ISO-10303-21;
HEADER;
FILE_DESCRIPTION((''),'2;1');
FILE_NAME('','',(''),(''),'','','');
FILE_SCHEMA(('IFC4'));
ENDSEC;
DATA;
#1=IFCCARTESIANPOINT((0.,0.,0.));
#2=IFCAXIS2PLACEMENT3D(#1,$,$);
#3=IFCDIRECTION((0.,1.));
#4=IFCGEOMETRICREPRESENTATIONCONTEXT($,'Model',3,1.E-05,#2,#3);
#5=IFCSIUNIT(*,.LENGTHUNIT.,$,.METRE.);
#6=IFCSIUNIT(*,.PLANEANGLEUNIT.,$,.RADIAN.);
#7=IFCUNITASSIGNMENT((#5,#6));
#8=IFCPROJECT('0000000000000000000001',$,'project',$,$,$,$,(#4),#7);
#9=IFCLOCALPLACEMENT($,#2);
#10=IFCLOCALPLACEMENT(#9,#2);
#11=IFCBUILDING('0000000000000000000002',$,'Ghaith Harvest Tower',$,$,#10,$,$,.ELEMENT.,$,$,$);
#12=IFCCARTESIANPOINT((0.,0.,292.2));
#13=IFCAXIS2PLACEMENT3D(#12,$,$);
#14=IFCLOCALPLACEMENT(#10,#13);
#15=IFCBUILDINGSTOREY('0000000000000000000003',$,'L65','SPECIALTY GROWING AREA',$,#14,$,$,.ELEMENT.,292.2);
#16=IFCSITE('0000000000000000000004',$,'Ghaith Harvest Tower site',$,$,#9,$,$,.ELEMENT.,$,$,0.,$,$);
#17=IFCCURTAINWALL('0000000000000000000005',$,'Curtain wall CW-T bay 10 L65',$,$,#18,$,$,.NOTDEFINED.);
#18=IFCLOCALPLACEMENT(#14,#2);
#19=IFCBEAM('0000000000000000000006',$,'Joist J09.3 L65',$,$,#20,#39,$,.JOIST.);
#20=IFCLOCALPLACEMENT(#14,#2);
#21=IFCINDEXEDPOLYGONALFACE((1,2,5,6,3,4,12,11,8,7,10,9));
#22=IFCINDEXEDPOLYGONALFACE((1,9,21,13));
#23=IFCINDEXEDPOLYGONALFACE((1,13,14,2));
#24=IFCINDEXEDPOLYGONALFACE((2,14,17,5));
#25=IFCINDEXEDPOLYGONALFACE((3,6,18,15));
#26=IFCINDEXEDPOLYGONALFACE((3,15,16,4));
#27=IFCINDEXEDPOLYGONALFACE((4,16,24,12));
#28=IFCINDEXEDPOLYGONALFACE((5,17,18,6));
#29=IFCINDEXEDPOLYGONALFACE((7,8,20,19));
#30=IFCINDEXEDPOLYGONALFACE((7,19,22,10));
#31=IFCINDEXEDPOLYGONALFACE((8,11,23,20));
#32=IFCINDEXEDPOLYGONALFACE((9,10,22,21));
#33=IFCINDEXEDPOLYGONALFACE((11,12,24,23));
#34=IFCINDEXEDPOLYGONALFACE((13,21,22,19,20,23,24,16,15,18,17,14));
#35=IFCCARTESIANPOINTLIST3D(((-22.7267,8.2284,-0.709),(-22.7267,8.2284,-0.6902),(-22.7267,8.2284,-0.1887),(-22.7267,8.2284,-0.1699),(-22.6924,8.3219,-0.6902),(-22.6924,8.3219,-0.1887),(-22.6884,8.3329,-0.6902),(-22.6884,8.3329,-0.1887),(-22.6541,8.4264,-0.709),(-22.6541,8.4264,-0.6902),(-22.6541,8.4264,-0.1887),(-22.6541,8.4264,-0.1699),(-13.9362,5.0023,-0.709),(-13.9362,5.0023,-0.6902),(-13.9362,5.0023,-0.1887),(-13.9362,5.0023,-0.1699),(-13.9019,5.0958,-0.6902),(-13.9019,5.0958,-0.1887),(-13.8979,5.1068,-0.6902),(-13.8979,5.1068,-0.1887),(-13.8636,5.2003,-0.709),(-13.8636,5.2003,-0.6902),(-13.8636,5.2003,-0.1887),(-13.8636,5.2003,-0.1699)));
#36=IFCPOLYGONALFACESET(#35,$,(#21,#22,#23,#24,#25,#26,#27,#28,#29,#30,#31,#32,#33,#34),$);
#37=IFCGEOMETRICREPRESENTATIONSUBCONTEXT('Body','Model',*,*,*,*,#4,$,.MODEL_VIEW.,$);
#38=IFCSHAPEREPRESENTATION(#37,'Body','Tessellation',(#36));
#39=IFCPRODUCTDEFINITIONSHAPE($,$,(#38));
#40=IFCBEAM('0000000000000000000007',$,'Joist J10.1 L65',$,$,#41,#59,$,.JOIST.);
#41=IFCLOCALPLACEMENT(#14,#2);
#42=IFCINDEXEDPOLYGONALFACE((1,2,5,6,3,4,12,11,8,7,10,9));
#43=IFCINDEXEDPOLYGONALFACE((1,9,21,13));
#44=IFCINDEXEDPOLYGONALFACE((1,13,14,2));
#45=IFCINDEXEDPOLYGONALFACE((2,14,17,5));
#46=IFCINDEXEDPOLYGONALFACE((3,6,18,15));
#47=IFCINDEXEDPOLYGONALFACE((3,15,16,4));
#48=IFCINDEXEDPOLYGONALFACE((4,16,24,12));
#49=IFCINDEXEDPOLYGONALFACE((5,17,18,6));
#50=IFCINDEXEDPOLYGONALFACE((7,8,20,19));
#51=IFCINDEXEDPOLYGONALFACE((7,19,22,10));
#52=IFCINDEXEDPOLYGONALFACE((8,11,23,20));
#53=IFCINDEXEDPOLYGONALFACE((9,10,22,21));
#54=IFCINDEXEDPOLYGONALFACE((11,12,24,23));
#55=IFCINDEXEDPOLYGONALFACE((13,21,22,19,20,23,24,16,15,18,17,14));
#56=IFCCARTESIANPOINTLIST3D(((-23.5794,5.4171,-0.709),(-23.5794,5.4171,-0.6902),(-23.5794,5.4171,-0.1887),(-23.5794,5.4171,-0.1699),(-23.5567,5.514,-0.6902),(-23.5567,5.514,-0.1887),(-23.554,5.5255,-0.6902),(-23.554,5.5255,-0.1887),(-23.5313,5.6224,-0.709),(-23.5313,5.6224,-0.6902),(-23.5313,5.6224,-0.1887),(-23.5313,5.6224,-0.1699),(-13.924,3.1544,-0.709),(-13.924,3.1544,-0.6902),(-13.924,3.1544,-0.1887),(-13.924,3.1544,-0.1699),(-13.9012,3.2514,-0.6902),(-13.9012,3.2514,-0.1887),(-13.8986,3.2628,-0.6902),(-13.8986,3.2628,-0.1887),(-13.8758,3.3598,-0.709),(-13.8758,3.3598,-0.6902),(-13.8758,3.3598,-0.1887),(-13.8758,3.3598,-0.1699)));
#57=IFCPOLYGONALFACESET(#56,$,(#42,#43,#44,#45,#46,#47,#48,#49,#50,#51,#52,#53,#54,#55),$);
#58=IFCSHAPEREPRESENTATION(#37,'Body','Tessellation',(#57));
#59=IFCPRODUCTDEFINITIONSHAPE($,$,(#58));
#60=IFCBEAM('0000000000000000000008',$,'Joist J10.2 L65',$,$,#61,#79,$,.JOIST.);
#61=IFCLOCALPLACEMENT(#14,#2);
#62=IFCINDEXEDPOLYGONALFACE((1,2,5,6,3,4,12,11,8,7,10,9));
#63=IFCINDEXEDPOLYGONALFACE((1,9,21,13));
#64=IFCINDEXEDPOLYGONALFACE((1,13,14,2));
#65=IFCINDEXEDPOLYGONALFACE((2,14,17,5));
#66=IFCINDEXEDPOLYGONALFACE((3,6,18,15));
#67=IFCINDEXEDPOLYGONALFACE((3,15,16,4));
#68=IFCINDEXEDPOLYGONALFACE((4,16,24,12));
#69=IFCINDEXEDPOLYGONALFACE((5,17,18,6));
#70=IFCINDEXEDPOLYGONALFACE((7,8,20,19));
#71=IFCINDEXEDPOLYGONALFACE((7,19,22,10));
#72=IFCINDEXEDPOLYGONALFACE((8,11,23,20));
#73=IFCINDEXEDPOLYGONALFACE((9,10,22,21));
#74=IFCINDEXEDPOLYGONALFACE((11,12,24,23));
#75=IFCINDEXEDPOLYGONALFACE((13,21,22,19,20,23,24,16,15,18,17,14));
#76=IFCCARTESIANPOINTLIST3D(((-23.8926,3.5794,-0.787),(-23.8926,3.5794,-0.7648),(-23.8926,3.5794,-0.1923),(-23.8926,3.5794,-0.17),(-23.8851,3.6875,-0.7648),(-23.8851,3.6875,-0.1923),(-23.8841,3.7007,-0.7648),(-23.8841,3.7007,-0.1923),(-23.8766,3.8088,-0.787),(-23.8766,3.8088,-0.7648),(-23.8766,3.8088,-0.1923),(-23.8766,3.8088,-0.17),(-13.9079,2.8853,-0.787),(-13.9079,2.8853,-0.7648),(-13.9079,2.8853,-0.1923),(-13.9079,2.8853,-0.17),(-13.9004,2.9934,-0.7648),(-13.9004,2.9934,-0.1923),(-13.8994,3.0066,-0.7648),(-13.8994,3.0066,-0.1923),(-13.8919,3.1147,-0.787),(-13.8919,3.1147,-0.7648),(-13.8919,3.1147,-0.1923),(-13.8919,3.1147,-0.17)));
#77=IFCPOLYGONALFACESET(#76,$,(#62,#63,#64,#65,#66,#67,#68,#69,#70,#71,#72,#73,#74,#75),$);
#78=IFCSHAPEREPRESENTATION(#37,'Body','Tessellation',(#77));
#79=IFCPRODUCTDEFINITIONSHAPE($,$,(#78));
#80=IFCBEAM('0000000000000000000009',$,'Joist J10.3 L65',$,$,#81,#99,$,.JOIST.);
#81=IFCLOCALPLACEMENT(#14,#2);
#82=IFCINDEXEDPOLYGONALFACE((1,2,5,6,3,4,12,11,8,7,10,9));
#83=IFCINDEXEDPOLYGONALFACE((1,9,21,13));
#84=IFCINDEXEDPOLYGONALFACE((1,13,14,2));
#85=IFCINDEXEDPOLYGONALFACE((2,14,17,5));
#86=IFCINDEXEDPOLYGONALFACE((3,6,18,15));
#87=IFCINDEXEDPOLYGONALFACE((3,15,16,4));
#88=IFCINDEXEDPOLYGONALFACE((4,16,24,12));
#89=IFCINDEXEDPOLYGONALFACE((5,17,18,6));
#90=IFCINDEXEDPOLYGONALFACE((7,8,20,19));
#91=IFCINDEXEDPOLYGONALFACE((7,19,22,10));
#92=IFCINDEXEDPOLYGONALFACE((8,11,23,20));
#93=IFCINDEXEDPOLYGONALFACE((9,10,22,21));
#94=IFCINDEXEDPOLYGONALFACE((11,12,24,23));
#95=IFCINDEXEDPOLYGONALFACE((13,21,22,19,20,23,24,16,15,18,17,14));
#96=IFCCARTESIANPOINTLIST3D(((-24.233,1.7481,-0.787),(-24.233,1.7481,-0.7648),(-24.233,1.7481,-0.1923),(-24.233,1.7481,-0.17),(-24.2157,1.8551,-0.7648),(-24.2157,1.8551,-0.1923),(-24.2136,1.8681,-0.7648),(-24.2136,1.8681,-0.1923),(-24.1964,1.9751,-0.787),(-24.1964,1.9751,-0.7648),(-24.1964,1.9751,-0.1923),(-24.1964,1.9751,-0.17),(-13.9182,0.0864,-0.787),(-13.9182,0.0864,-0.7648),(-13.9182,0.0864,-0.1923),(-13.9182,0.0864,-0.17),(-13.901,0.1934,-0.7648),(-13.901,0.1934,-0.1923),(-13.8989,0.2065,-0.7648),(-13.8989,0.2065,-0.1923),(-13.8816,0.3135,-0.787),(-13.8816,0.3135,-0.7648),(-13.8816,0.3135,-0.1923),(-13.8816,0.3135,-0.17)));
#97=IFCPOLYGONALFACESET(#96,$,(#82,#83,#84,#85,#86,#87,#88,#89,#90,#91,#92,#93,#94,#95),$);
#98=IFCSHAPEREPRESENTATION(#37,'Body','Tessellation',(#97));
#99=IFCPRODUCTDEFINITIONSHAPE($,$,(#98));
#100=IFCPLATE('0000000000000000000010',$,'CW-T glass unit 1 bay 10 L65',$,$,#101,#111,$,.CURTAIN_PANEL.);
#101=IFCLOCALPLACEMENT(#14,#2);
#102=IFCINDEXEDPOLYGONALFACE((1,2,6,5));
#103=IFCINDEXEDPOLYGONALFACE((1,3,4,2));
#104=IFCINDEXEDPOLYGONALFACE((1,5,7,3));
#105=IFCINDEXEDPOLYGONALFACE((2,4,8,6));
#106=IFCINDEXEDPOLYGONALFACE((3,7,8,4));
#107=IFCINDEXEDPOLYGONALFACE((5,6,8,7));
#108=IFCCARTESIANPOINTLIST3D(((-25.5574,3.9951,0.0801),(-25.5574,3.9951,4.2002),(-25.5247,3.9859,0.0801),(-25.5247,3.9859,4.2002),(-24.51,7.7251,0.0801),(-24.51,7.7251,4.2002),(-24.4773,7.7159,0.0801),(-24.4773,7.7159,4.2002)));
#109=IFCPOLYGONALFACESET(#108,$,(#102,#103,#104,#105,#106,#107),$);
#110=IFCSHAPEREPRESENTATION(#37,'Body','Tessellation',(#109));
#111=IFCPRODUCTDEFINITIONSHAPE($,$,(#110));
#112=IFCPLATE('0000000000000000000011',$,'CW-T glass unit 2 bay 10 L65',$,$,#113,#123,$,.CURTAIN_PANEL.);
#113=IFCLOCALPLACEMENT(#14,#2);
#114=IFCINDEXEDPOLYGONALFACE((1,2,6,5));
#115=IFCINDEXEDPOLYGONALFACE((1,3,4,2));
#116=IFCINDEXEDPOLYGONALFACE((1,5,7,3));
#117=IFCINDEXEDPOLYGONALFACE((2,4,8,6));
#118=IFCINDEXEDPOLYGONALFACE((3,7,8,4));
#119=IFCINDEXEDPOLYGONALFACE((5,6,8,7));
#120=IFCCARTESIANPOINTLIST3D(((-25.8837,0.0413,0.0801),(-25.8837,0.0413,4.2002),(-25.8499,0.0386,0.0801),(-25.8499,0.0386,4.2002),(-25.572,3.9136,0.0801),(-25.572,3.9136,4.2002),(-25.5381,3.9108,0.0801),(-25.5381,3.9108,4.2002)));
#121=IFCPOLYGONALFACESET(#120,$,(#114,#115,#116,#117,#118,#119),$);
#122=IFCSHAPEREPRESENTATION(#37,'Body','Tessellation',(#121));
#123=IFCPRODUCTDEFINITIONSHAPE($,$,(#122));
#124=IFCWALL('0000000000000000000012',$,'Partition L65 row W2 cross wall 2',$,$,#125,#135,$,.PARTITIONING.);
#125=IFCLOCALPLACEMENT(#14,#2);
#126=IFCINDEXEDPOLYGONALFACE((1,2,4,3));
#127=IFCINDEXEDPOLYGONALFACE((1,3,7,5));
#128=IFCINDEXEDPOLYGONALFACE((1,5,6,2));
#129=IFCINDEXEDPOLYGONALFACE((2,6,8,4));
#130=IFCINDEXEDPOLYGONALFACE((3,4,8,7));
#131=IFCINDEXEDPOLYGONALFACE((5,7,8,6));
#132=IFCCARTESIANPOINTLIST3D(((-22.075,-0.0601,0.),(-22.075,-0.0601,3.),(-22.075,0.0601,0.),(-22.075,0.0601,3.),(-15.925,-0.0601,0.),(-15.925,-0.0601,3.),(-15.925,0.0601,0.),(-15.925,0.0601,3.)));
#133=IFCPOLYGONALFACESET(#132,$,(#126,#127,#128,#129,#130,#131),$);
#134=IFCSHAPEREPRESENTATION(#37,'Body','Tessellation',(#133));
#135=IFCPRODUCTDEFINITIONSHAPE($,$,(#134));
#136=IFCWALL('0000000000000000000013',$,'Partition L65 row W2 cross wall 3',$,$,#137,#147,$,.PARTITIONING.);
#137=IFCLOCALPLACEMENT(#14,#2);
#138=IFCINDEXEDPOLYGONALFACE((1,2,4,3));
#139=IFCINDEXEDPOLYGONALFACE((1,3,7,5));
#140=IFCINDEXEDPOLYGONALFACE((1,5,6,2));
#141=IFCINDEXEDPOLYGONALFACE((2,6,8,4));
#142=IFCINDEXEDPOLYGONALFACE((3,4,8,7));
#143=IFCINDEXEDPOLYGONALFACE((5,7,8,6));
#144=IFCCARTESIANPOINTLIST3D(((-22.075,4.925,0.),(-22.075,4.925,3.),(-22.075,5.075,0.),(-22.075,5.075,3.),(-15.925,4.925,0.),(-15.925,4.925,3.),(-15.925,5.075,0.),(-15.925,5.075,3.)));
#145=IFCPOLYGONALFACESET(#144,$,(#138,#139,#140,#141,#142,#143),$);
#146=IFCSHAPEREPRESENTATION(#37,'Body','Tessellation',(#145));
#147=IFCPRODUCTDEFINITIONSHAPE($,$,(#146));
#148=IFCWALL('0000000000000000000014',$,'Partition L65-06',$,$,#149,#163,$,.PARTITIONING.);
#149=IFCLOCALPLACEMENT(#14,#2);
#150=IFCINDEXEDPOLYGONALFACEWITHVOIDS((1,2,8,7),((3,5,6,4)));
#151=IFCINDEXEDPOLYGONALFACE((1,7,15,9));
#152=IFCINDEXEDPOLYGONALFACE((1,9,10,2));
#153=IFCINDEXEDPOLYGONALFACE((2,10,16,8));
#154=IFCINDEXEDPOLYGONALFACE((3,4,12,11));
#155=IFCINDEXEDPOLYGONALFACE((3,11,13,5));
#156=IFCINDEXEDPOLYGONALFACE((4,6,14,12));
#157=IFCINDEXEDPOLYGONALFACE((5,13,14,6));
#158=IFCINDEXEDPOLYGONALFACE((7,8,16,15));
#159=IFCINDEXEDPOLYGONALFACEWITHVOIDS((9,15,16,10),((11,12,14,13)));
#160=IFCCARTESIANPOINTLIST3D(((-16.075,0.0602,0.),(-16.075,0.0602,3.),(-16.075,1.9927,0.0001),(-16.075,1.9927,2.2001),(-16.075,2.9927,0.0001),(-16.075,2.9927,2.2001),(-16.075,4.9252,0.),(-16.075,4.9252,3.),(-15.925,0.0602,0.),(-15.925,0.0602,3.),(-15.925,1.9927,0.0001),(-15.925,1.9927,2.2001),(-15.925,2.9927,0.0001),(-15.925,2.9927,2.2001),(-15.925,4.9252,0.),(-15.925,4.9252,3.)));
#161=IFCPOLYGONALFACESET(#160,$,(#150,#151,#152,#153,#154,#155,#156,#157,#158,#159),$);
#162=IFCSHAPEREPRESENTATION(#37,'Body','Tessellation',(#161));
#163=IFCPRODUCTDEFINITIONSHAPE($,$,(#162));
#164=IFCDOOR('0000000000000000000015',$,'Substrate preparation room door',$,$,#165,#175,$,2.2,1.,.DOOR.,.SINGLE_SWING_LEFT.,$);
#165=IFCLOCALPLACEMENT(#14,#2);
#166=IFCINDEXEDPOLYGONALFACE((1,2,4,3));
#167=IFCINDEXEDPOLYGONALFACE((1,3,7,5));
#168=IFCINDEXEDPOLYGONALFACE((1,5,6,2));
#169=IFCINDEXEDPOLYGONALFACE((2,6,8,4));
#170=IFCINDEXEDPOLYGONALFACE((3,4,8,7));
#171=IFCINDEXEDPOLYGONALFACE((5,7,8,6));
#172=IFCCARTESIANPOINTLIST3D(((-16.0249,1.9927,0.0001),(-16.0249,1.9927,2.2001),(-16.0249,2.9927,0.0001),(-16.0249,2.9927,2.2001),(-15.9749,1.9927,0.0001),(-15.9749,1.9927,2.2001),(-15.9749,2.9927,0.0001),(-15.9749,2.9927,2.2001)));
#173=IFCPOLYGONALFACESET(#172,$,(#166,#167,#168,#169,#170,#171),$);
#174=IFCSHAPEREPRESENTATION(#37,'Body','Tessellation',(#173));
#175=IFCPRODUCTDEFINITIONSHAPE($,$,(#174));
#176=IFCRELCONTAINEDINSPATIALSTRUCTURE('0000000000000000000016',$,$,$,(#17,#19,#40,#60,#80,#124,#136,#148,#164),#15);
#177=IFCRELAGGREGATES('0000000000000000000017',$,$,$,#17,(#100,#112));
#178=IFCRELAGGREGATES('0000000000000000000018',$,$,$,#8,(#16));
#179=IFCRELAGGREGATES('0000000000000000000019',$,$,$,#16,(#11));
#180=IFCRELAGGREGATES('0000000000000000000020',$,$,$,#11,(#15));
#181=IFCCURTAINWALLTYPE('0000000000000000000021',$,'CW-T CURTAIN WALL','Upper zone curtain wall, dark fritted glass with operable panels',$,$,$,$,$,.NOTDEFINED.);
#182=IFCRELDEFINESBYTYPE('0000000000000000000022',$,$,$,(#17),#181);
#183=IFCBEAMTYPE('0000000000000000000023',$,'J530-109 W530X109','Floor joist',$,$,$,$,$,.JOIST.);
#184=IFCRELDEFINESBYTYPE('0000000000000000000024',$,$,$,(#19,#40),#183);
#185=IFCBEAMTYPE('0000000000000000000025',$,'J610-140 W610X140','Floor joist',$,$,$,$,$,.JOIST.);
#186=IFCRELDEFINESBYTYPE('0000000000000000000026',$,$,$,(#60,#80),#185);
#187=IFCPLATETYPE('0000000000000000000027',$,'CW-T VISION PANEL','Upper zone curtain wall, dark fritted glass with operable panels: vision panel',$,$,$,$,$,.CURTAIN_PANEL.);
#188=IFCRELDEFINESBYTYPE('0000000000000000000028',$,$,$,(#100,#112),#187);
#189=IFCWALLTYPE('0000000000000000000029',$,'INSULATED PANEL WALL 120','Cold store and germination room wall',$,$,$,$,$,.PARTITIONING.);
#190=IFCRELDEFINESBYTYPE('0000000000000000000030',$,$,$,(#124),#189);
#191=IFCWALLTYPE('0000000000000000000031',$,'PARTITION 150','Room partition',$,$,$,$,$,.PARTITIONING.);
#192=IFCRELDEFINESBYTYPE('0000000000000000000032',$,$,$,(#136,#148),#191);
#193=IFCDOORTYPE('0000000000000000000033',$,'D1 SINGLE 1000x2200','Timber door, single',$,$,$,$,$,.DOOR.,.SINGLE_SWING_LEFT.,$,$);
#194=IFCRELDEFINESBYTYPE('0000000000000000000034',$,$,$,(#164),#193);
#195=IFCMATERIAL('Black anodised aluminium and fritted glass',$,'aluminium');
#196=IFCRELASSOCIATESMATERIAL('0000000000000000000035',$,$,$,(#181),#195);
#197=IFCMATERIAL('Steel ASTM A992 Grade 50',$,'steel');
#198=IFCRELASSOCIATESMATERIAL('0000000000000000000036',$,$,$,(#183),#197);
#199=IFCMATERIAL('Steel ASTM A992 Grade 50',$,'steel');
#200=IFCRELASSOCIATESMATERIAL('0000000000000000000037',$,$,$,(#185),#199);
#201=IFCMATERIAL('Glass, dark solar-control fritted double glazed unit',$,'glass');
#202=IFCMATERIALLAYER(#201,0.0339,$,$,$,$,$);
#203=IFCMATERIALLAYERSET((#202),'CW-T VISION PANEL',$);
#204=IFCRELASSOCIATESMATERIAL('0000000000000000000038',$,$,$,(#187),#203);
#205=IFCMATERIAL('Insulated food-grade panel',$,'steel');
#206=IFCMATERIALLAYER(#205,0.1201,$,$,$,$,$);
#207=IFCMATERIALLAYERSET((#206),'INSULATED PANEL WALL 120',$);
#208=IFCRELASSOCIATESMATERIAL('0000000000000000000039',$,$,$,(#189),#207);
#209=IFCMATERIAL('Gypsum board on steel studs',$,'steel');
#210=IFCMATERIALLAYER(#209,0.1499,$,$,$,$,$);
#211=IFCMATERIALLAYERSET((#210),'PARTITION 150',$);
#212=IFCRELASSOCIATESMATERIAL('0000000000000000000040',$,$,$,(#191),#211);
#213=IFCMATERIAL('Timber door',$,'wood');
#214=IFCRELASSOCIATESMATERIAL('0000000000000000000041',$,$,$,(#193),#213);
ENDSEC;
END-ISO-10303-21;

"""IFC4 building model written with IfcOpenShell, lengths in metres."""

from ifc_helpers import new_model, si_unit, direction, frame, frame_2d, origin, origin_2d, place, context, subcontext, project, spatial, rectangle, i_section, extrude, material, layer, layer_set, material_profile, profile_set, type_object, element, fill, aggregate, save


model = new_model("IFC4")

# Units and contexts
model_context = context("Model", 3, precision=1e-05, world=origin(), true_north=direction((0.0, 1.0)))
body_context = subcontext(model_context, "Body", "Model", "MODEL_VIEW")
ifc_project = project(units=[si_unit("LENGTHUNIT", "METRE"), si_unit("PLANEANGLEUNIT", "RADIAN")], contexts=[model_context])

# Site, building, storey
site_placement = place(None, origin())
site = spatial("IfcSite", under=ifc_project, at=site_placement, Name="Ghaith Harvest Tower site", CompositionType="ELEMENT", RefElevation=0.0)
building_placement = place(site_placement, origin())
building = spatial("IfcBuilding", under=site, at=building_placement, Name="Ghaith Harvest Tower", CompositionType="ELEMENT")
storey_placement = place(building_placement, frame((0.0, 0.0, 292.2)))
storey = spatial("IfcBuildingStorey", under=building, at=storey_placement, Name="L65", Description="SPECIALTY GROWING AREA", CompositionType="ELEMENT", Elevation=292.2)

# Curtain wall
ifc_material_1 = material(Name="Black anodised aluminium and fritted glass", Category="aluminium")
curtain_wall_type = type_object("IfcCurtainWallType", Name="CW-T CURTAIN WALL", Description="Upper zone curtain wall, dark fritted glass with operable panels", PredefinedType="NOTDEFINED", material=ifc_material_1)
curtain_wall_placement = place(storey_placement, origin())
curtain_wall = element("IfcCurtainWall", 1, at=curtain_wall_placement, inside=storey, type_object=curtain_wall_type, Name="Curtain wall CW-T bay 10 L65", PredefinedType="NOTDEFINED")

# Beams
ifc_material_2 = material(Name="Steel ASTM A992 Grade 50", Category="steel")
ifc_material_profile_1 = material_profile(ifc_material_2, i_section(OverallWidth=0.2109, OverallDepth=0.5391, WebThickness=0.0117, FlangeThickness=0.0188, at=origin_2d()), Name="W530X109")
ifc_profile_set_1 = profile_set([ifc_material_profile_1], Name="Steel ASTM A992 Grade 50")
beam_type_1 = type_object("IfcBeamType", Name="J530-109 W530X109", Description="Floor joist", PredefinedType="JOIST", material=ifc_profile_set_1)
beam_1_placement = place(storey_placement, frame((-13.8999, 5.1013, -0.4395), z_axis=(-0.938777, 0.344526, 0.0), x_axis=(-0.344526, -0.938777, 0.0)))
element("IfcBeam", 2, at=beam_1_placement, inside=storey, type_object=beam_type_1, Name="Joist J09.3 L65", PredefinedType="JOIST", context=body_context, shape_type="SweptSolid", body=[
    extrude(i_section(OverallWidth=0.2109, OverallDepth=0.5391, WebThickness=0.0117, FlangeThickness=0.0188, at=origin_2d()), origin(), (0.0, 0.0, 1.0), 9.3638),
])
beam_2_placement = place(storey_placement, frame((-13.8999, 3.2571, -0.4395), z_axis=(-0.973623, 0.228161, 0.0), x_axis=(-0.228161, -0.973623, 0.0)))
element("IfcBeam", 3, at=beam_2_placement, inside=storey, type_object=beam_type_1, Name="Joist J10.1 L65", PredefinedType="JOIST", context=body_context, shape_type="SweptSolid", body=[
    extrude(i_section(OverallWidth=0.2109, OverallDepth=0.5391, WebThickness=0.0117, FlangeThickness=0.0188, at=origin_2d()), origin(), (0.0, 0.0, 1.0), 9.917),
])
ifc_material_3 = material(Name="Steel ASTM A992 Grade 50", Category="steel")
ifc_material_profile_2 = material_profile(ifc_material_3, i_section(OverallWidth=0.23, OverallDepth=0.6169, WebThickness=0.0132, FlangeThickness=0.0222, at=origin_2d()), Name="W610X140")
ifc_profile_set_2 = profile_set([ifc_material_profile_2], Name="Steel ASTM A992 Grade 50")
beam_type_2 = type_object("IfcBeamType", Name="J610-140 W610X140", Description="Floor joist", PredefinedType="JOIST", material=ifc_profile_set_2)
beam_3_placement = place(storey_placement, frame((-13.8999, 3.0, -0.4785), z_axis=(-0.997592, 0.069349, 0.0), x_axis=(-0.069349, -0.997592, 0.0)))
element("IfcBeam", 4, at=beam_3_placement, inside=storey, type_object=beam_type_2, Name="Joist J10.2 L65", PredefinedType="JOIST", context=body_context, shape_type="SweptSolid", body=[
    extrude(i_section(OverallWidth=0.23, OverallDepth=0.6169, WebThickness=0.0132, FlangeThickness=0.0222, at=origin_2d()), origin(), (0.0, 0.0, 1.0), 10.0088),
])
beam_4_placement = place(storey_placement, frame((-13.8999, 0.2, -0.4785), z_axis=(-0.987272, 0.159042, 0.0), x_axis=(-0.159042, -0.987272, 0.0)))
element("IfcBeam", 5, at=beam_4_placement, inside=storey, type_object=beam_type_2, Name="Joist J10.3 L65", PredefinedType="JOIST", context=body_context, shape_type="SweptSolid", body=[
    extrude(i_section(OverallWidth=0.23, OverallDepth=0.6169, WebThickness=0.0132, FlangeThickness=0.0222, at=origin_2d()), origin(), (0.0, 0.0, 1.0), 10.4478),
])

# Plates
ifc_material_4 = material(Name="Glass, dark solar-control fritted double glazed unit", Category="glass")
ifc_layer_1 = layer(ifc_material_4, 0.0339)
ifc_layer_set_1 = layer_set([ifc_layer_1], Name="CW-T VISION PANEL")
plate_type = type_object("IfcPlateType", Name="CW-T VISION PANEL", Description="Upper zone curtain wall, dark fritted glass with operable panels: vision panel", PredefinedType="CURTAIN_PANEL", material=ifc_layer_set_1)
plate_1_placement = place(storey_placement, frame((-25.0173, 5.8555, 0.0801), z_axis=(0.0, 0.0, 1.0), x_axis=(-0.270355, -0.962761, 0.0)))
plate_1 = element("IfcPlate", 6, at=plate_1_placement, type_object=plate_type, Name="CW-T glass unit 1 bay 10 L65", PredefinedType="CURTAIN_PANEL", context=body_context, shape_type="SweptSolid", body=[
    extrude(rectangle(XDim=3.8743, YDim=0.0339, at=origin_2d()), origin(), (0.0, 0.0, 1.0), 4.1201),
])
plate_2_placement = place(storey_placement, frame((-25.7109, 1.9761, 0.0801), z_axis=(0.0, 0.0, 1.0), x_axis=(-0.080258, -0.996774, 0.0)))
plate_2 = element("IfcPlate", 7, at=plate_2_placement, type_object=plate_type, Name="CW-T glass unit 2 bay 10 L65", PredefinedType="CURTAIN_PANEL", context=body_context, shape_type="SweptSolid", body=[
    extrude(rectangle(XDim=3.8848, YDim=0.0339, at=origin_2d()), origin(), (0.0, 0.0, 1.0), 4.1201),
])
aggregate(curtain_wall, [plate_1, plate_2])

# Walls
ifc_material_5 = material(Name="Insulated food-grade panel", Category="steel")
ifc_layer_2 = layer(ifc_material_5, 0.1201)
ifc_layer_set_2 = layer_set([ifc_layer_2], Name="INSULATED PANEL WALL 120")
wall_type_1 = type_object("IfcWallType", Name="INSULATED PANEL WALL 120", Description="Cold store and germination room wall", PredefinedType="PARTITIONING", material=ifc_layer_set_2)
wall_1_placement = place(storey_placement, frame((-15.925, 0.0, 0.0), z_axis=(0.0, 0.0, 1.0), x_axis=(-1.0, 0.0, 0.0)))
element("IfcWall", 8, at=wall_1_placement, inside=storey, type_object=wall_type_1, Name="Partition L65 row W2 cross wall 2", PredefinedType="PARTITIONING", context=body_context, shape_type="SweptSolid", body=[
    extrude(rectangle(XDim=6.1499, YDim=0.1201, at=frame_2d((3.075, 0.0))), origin(), (0.0, 0.0, 1.0), 3.0),
])
ifc_material_6 = material(Name="Gypsum board on steel studs", Category="steel")
ifc_layer_3 = layer(ifc_material_6, 0.1499)
ifc_layer_set_3 = layer_set([ifc_layer_3], Name="PARTITION 150")
wall_type_2 = type_object("IfcWallType", Name="PARTITION 150", Description="Room partition", PredefinedType="PARTITIONING", material=ifc_layer_set_3)
wall_2_placement = place(storey_placement, frame((-15.925, 5.0, 0.0), z_axis=(0.0, 0.0, 1.0), x_axis=(-1.0, 0.0, 0.0)))
element("IfcWall", 9, at=wall_2_placement, inside=storey, type_object=wall_type_2, Name="Partition L65 row W2 cross wall 3", PredefinedType="PARTITIONING", context=body_context, shape_type="SweptSolid", body=[
    extrude(rectangle(XDim=6.1499, YDim=0.1499, at=frame_2d((3.075, 0.0))), origin(), (0.0, 0.0, 1.0), 3.0),
])

# Wall, opening, door
wall_3_placement = place(storey_placement, frame((-16.0, 0.0601, 0.0), z_axis=(0.0, 0.0, 1.0), x_axis=(0.0, 1.0, 0.0)))
wall_3 = element("IfcWall", 10, at=wall_3_placement, inside=storey, type_object=wall_type_2, Name="Partition L65-06", PredefinedType="PARTITIONING", context=body_context, shape_type="SweptSolid", body=[
    extrude(rectangle(XDim=4.865, YDim=0.1499, at=frame_2d((2.4326, 0.0))), origin(), (0.0, 0.0, 1.0), 3.0),
])
opening_placement = place(wall_3_placement, frame((1.9326, 0.0, 0.0)))
opening = element("IfcOpeningElement", 11, at=opening_placement, cuts=wall_3, PredefinedType="OPENING", context=body_context, shape_type="SweptSolid", body=[
    extrude(rectangle(XDim=1.0, YDim=2.2, at=frame_2d((0.5, 1.1001))), frame((0.0, 0.085, 0.0), z_axis=(0.0, -1.0, 0.0), x_axis=(1.0, 0.0, 0.0)), (0.0, 0.0, 1.0), 0.1699),
])
ifc_material_7 = material(Name="Timber door", Category="wood")
door_type = type_object("IfcDoorType", Name="D1 SINGLE 1000x2200", Description="Timber door, single", OperationType="SINGLE_SWING_LEFT", PredefinedType="DOOR", material=ifc_material_7)
door_placement = place(opening_placement, origin())
door = element("IfcDoor", 12, at=door_placement, inside=storey, type_object=door_type, Name="Substrate preparation room door", OperationType="SINGLE_SWING_LEFT", OverallHeight=2.2, OverallWidth=1.0, PredefinedType="DOOR", context=body_context, shape_type="SweptSolid", body=[
    extrude(rectangle(XDim=1.0, YDim=2.2, at=frame_2d((0.5, 1.1001))), frame((0.0, 0.0249, 0.0), z_axis=(0.0, -1.0, 0.0), x_axis=(1.0, 0.0, 0.0)), (0.0, 0.0, 1.0), 0.05),
])
fill(opening, door)

save(model, "model.ifc")
